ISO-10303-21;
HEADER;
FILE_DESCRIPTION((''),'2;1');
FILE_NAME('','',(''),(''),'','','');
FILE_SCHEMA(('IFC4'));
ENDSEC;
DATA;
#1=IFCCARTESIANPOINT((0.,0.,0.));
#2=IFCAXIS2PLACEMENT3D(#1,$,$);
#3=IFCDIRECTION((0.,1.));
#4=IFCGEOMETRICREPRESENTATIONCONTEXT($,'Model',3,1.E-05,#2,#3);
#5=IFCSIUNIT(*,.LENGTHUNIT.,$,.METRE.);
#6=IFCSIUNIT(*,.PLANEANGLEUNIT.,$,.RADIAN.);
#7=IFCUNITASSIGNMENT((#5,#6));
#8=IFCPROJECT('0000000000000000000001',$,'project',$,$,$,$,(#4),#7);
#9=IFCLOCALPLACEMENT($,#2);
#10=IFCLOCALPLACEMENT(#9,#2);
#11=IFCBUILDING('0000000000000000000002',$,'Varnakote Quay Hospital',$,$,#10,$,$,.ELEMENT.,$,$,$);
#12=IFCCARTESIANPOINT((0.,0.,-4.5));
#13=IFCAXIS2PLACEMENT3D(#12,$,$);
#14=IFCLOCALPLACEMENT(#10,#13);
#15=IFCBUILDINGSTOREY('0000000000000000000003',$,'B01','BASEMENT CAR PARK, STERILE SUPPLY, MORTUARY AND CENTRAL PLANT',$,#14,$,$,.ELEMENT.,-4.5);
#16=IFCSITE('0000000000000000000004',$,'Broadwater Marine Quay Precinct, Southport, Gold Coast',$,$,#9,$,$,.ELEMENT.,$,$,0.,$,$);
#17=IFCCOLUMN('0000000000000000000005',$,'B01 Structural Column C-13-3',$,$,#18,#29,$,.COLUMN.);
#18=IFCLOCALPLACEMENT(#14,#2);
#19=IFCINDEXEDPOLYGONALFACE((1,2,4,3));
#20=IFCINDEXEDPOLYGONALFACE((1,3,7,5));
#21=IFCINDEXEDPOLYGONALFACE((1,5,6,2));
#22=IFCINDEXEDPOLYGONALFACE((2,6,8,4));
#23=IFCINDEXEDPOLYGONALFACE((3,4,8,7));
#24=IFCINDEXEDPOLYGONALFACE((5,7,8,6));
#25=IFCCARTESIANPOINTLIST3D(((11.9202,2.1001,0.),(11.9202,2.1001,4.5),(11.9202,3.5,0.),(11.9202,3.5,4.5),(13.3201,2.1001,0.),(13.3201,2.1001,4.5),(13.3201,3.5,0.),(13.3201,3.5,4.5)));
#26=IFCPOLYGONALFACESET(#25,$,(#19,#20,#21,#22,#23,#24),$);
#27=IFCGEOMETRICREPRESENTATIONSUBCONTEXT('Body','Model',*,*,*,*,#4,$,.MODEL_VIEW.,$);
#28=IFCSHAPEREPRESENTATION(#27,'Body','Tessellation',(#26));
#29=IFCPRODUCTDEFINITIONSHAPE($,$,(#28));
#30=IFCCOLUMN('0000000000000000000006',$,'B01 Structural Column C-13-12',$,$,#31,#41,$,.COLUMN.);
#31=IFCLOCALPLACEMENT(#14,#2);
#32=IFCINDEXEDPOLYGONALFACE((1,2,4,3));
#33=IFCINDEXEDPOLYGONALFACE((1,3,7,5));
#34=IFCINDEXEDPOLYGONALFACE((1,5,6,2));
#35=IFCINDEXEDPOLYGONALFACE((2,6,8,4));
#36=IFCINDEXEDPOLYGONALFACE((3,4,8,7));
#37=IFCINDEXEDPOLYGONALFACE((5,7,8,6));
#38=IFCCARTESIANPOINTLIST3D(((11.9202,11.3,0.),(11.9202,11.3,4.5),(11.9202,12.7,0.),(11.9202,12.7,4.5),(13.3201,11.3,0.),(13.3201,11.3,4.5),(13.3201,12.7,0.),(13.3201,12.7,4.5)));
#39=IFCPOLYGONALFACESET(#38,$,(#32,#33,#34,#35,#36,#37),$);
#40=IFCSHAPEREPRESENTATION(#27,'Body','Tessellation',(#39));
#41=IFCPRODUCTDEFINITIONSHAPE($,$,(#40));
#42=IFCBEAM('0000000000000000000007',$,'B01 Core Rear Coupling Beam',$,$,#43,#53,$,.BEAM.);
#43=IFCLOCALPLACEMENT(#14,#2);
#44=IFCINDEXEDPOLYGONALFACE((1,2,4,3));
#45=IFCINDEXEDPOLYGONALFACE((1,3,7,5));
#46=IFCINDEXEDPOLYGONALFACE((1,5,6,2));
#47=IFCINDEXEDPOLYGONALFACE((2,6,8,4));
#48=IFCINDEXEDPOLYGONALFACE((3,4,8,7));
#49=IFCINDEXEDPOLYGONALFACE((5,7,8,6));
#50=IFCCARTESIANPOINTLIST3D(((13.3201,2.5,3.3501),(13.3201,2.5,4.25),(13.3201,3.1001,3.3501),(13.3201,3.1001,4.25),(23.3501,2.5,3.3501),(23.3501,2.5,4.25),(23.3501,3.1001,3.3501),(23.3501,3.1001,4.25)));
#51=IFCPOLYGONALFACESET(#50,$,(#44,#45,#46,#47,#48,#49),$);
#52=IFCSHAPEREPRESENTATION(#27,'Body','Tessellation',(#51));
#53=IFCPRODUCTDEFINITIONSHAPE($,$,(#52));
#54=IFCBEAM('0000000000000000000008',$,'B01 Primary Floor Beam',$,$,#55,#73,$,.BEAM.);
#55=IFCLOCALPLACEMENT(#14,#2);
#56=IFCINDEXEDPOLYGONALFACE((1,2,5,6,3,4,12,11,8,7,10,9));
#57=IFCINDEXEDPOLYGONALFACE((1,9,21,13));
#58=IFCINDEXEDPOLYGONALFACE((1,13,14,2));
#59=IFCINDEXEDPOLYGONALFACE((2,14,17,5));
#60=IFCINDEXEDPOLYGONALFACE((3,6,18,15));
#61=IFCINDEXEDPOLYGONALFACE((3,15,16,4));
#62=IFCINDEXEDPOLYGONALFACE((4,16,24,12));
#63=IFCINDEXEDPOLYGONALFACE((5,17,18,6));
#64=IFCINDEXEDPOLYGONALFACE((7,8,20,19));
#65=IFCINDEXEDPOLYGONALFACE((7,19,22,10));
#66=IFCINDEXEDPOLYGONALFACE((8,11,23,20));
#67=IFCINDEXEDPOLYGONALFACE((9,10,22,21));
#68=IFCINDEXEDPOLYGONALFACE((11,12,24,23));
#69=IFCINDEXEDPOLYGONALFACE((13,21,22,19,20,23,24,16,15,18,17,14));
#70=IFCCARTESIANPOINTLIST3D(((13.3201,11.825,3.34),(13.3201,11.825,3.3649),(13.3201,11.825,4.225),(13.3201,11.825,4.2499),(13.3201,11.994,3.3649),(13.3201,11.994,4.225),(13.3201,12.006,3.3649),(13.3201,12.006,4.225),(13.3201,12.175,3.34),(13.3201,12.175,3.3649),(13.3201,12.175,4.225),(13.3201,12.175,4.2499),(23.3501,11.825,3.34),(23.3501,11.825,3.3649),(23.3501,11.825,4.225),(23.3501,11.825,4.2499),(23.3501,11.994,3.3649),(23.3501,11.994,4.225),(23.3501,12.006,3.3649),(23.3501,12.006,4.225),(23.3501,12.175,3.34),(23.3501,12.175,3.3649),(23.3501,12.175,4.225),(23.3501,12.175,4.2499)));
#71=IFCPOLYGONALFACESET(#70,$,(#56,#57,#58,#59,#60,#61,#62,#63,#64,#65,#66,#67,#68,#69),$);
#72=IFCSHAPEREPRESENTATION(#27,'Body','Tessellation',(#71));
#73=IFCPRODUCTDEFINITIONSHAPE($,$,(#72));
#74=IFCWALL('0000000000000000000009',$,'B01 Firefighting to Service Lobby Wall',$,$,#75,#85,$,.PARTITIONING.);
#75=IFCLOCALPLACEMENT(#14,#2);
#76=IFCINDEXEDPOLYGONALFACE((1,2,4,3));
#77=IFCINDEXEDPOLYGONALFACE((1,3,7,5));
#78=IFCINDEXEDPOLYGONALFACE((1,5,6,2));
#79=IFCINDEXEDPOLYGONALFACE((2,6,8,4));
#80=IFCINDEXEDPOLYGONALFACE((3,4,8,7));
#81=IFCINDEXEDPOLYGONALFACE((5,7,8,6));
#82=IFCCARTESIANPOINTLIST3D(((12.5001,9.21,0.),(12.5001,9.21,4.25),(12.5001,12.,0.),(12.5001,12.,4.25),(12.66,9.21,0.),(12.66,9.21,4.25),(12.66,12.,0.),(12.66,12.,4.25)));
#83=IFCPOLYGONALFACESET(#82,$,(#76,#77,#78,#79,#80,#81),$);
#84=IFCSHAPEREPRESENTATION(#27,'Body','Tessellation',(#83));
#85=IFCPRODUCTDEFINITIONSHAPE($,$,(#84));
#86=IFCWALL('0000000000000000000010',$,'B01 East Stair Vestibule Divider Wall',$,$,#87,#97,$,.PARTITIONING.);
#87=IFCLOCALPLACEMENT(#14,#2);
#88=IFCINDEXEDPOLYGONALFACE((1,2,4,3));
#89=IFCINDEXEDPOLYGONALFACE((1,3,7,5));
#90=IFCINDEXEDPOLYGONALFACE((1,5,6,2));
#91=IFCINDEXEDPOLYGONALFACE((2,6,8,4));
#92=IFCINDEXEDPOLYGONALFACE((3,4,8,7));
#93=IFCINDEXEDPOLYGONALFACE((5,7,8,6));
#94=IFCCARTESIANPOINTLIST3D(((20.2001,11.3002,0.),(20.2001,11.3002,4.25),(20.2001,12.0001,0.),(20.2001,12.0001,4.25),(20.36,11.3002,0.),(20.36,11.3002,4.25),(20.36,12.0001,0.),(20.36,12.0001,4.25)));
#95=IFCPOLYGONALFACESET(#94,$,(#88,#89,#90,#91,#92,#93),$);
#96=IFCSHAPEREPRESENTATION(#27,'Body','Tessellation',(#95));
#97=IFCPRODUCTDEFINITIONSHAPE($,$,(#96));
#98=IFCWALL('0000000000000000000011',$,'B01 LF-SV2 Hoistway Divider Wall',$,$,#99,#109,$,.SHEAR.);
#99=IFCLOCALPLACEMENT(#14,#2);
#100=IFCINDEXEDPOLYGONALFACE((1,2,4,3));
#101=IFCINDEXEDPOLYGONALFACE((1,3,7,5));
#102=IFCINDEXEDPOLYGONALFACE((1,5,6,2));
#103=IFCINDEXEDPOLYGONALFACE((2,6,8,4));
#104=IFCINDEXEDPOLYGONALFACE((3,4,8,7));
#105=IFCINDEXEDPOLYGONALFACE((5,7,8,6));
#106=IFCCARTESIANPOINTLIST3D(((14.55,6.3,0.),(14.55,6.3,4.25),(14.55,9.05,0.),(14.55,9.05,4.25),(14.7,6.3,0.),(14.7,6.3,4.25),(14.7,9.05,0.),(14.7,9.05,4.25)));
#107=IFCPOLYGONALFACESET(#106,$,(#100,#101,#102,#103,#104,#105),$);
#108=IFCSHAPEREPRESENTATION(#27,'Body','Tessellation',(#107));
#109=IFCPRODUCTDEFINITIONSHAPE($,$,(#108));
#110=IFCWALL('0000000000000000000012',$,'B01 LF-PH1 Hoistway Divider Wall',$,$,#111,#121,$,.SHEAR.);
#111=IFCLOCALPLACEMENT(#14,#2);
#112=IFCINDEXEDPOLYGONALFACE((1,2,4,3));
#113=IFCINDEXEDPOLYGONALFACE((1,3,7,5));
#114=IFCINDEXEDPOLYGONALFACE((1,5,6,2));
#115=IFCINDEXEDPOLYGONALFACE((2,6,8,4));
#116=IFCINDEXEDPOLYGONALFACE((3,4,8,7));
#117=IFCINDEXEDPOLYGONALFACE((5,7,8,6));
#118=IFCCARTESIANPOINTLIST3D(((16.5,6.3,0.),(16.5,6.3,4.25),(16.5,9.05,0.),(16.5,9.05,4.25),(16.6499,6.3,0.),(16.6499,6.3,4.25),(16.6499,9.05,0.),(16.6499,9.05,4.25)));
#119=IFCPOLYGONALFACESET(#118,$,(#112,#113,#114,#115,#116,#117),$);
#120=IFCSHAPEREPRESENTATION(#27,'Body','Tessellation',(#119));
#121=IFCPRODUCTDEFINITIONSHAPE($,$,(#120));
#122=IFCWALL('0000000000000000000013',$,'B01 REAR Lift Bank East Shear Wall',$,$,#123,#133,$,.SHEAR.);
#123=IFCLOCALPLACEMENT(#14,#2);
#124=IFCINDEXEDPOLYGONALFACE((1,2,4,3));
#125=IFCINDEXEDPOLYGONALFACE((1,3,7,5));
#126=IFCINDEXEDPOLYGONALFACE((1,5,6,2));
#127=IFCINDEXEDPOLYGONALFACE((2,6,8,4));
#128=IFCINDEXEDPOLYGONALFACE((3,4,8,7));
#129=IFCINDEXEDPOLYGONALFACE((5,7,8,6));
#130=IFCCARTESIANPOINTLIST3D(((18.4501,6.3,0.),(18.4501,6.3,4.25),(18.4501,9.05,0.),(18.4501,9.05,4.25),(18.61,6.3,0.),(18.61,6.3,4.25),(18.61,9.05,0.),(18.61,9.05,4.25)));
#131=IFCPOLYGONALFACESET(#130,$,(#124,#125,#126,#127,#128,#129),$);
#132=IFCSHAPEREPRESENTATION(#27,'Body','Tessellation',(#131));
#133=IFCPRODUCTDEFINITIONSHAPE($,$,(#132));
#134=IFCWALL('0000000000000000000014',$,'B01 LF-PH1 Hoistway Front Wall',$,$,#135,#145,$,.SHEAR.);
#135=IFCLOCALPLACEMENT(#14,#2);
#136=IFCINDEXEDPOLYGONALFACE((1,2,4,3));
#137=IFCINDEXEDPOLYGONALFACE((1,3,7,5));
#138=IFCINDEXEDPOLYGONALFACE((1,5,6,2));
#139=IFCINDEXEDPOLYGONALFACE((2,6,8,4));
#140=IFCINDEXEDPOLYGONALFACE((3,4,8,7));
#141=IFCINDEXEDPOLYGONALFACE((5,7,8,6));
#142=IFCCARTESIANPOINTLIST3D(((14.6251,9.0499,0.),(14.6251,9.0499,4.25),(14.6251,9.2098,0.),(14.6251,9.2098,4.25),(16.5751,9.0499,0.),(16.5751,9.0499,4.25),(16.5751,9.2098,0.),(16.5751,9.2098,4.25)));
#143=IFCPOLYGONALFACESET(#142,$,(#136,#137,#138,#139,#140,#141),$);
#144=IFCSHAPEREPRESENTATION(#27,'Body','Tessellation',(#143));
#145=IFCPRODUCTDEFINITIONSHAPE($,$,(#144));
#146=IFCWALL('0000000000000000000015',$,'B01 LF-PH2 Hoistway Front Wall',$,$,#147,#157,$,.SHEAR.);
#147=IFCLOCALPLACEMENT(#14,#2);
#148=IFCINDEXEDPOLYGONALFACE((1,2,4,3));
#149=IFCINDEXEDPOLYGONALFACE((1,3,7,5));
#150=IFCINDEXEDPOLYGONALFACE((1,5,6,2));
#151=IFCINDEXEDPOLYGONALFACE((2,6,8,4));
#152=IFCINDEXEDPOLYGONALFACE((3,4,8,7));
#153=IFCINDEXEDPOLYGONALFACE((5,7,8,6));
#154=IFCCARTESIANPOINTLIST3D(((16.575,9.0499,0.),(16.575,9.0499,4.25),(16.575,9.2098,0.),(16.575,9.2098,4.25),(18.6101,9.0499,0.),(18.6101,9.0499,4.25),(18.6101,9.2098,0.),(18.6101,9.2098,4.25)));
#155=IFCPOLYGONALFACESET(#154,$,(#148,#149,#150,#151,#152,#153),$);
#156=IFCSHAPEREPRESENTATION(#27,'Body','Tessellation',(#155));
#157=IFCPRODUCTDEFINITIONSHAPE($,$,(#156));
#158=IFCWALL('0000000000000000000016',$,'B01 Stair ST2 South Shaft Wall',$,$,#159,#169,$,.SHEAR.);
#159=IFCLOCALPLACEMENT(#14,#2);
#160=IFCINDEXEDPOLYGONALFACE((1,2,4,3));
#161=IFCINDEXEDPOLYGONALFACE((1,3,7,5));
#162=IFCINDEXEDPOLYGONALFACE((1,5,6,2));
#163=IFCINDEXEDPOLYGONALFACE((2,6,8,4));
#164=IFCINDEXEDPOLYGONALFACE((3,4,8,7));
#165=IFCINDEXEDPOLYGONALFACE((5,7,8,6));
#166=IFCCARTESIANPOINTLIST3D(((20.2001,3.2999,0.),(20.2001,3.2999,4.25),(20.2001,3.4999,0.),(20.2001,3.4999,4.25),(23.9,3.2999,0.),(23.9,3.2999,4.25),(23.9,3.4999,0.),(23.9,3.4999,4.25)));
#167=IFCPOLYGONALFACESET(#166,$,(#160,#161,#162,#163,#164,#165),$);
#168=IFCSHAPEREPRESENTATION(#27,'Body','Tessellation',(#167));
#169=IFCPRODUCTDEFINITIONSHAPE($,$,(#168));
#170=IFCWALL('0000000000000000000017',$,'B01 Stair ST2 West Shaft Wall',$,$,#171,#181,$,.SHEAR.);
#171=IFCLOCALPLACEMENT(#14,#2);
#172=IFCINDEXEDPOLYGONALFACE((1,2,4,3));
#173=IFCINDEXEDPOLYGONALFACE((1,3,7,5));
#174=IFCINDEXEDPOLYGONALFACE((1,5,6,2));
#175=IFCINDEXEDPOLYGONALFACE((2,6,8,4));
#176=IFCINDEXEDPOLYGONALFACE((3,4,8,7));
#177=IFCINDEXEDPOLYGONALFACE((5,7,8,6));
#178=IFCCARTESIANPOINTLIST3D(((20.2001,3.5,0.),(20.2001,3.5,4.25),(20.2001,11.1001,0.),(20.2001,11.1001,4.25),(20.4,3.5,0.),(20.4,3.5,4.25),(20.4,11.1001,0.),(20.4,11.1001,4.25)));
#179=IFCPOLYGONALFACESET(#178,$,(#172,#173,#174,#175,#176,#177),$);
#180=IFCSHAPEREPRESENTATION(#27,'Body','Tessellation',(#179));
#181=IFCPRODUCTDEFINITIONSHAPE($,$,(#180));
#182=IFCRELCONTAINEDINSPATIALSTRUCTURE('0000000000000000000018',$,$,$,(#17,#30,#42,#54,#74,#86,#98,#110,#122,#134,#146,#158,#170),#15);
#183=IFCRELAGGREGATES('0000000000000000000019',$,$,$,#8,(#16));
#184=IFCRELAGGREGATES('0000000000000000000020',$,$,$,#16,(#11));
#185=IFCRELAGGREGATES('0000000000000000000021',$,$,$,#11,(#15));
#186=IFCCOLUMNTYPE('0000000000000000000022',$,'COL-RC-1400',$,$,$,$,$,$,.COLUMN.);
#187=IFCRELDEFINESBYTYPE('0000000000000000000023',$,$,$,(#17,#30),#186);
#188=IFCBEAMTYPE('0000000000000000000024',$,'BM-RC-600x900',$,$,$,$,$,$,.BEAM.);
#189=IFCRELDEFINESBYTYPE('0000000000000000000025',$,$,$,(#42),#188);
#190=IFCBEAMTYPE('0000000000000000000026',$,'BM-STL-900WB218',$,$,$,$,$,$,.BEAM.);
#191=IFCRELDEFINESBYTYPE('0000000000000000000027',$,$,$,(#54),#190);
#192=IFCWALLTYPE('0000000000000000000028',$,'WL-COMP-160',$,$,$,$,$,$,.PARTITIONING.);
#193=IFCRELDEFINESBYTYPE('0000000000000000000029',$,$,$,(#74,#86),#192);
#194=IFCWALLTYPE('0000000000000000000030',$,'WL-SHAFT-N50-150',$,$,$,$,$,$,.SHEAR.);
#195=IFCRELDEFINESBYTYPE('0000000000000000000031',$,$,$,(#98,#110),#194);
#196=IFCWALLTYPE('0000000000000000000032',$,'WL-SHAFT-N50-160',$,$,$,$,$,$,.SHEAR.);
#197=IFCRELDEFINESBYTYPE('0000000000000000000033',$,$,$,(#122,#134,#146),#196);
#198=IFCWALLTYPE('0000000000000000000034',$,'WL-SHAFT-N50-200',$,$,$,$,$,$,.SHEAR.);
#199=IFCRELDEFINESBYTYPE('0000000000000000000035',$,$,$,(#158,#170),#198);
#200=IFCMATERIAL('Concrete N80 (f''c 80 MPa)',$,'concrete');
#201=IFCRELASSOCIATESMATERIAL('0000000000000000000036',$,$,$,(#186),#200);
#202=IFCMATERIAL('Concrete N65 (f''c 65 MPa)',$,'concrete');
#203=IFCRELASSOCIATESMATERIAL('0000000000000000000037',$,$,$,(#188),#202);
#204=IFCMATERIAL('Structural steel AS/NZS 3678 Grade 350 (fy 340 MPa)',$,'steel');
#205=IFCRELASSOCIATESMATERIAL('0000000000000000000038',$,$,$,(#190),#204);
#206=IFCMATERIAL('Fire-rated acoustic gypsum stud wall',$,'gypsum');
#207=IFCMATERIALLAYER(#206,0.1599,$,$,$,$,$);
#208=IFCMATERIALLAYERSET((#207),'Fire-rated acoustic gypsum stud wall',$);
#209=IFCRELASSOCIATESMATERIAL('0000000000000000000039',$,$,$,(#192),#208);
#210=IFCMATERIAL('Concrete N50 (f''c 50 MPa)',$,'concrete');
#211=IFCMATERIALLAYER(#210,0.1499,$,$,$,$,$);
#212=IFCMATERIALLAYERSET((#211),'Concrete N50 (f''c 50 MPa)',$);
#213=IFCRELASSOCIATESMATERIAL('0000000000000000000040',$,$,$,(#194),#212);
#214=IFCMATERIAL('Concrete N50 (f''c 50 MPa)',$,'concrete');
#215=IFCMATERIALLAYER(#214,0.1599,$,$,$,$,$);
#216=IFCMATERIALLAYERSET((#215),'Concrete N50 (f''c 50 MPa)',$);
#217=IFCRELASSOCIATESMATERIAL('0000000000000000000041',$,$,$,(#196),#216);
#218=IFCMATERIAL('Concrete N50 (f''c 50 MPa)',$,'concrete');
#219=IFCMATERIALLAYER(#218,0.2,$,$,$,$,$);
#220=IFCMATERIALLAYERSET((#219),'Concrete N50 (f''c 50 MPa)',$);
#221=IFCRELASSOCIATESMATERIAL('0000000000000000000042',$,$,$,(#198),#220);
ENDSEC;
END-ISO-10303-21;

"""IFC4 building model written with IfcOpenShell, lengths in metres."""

from ifc_helpers import new_model, si_unit, direction, frame, frame_2d, origin, origin_2d, place, context, subcontext, project, spatial, rectangle, i_section, extrude, material, layer, layer_set, material_profile, profile_set, type_object, element, save


model = new_model("IFC4")

# Units and contexts
model_context = context("Model", 3, precision=1e-05, world=origin(), true_north=direction((0.0, 1.0)))
body_context = subcontext(model_context, "Body", "Model", "MODEL_VIEW")
ifc_project = project(units=[si_unit("LENGTHUNIT", "METRE"), si_unit("PLANEANGLEUNIT", "RADIAN")], contexts=[model_context])

# Site, building, storey
site_placement = place(None, origin())
site = spatial("IfcSite", under=ifc_project, at=site_placement, Name="Broadwater Marine Quay Precinct, Southport, Gold Coast", CompositionType="ELEMENT", RefElevation=0.0)
building_placement = place(site_placement, origin())
building = spatial("IfcBuilding", under=site, at=building_placement, Name="Varnakote Quay Hospital", CompositionType="ELEMENT")
storey_placement = place(building_placement, frame((0.0, 0.0, -4.5)))
storey = spatial("IfcBuildingStorey", under=building, at=storey_placement, Name="B01", Description="BASEMENT CAR PARK, STERILE SUPPLY, MORTUARY AND CENTRAL PLANT", CompositionType="ELEMENT", Elevation=-4.5)

# Columns
ifc_material_1 = material(Name="Concrete N80 (f'c 80 MPa)", Category="concrete")
ifc_material_profile_1 = material_profile(ifc_material_1, rectangle(XDim=1.3999, YDim=1.3999, at=origin_2d()), Name="RC-COL-1400x1400")
ifc_profile_set_1 = profile_set([ifc_material_profile_1], Name="Concrete N80 (f'c 80 MPa)")
column_type = type_object("IfcColumnType", Name="COL-RC-1400", PredefinedType="COLUMN", material=ifc_profile_set_1)
for number, where, z_axis, x_axis, name in (
    (1, (12.6201, 2.8, 0.0), (0.0, 0.0, 1.0), (1.0, 0.0, 0.0), "B01 Structural Column C-13-3"),
    (2, (12.6201, 12.0, 0.0), (0.0, 0.0, 1.0), (1.0, 0.0, 0.0), "B01 Structural Column C-13-12"),
):
    element("IfcColumn", number, at=place(storey_placement, frame(where, z_axis=z_axis, x_axis=x_axis)), inside=storey, type_object=column_type, Name=name, PredefinedType="COLUMN", context=body_context, shape_type="SweptSolid", body=[
        extrude(rectangle(XDim=1.3999, YDim=1.3999, at=origin_2d()), origin(), (0.0, 0.0, 1.0), 4.5),
    ])

# Beams
ifc_material_2 = material(Name="Concrete N65 (f'c 65 MPa)", Category="concrete")
ifc_material_profile_2 = material_profile(ifc_material_2, rectangle(XDim=0.6001, YDim=0.8999, at=origin_2d()), Name="RC-BM-600x900")
ifc_profile_set_2 = profile_set([ifc_material_profile_2], Name="Concrete N65 (f'c 65 MPa)")
beam_type_1 = type_object("IfcBeamType", Name="BM-RC-600x900", PredefinedType="BEAM", material=ifc_profile_set_2)
beam_1_placement = place(storey_placement, frame((13.3201, 2.8, 3.8), z_axis=(1.0, 0.0, 0.0), x_axis=(0.0, 1.0, 0.0)))
element("IfcBeam", 3, at=beam_1_placement, inside=storey, type_object=beam_type_1, Name="B01 Core Rear Coupling Beam", PredefinedType="BEAM", context=body_context, shape_type="SweptSolid", body=[
    extrude(rectangle(XDim=0.6001, YDim=0.8999, at=origin_2d()), origin(), (0.0, 0.0, 1.0), 10.03),
])
ifc_material_3 = material(Name="Structural steel AS/NZS 3678 Grade 350 (fy 340 MPa)", Category="steel")
ifc_material_profile_3 = material_profile(ifc_material_3, i_section(OverallWidth=0.3501, OverallDepth=0.9099, WebThickness=0.012, FlangeThickness=0.0249, at=origin_2d()), Name="900WB218")
ifc_profile_set_3 = profile_set([ifc_material_profile_3], Name="Structural steel AS/NZS 3678 Grade 350 (fy 340 MPa)")
beam_type_2 = type_object("IfcBeamType", Name="BM-STL-900WB218", PredefinedType="BEAM", material=ifc_profile_set_3)
beam_2_placement = place(storey_placement, frame((13.3201, 12.0, 3.7949), z_axis=(1.0, 0.0, 0.0), x_axis=(0.0, 1.0, 0.0)))
element("IfcBeam", 4, at=beam_2_placement, inside=storey, type_object=beam_type_2, Name="B01 Primary Floor Beam", PredefinedType="BEAM", context=body_context, shape_type="SweptSolid", body=[
    extrude(i_section(OverallWidth=0.3501, OverallDepth=0.9099, WebThickness=0.012, FlangeThickness=0.0249, at=origin_2d()), origin(), (0.0, 0.0, 1.0), 10.03),
])

# Walls
ifc_material_4 = material(Name="Fire-rated acoustic gypsum stud wall", Category="gypsum")
ifc_layer_1 = layer(ifc_material_4, 0.1599)
ifc_layer_set_1 = layer_set([ifc_layer_1], Name="Fire-rated acoustic gypsum stud wall")
wall_type_1 = type_object("IfcWallType", Name="WL-COMP-160", PredefinedType="PARTITIONING", material=ifc_layer_set_1)
wall_1_placement = place(storey_placement, frame((12.5801, 9.21, 0.0), z_axis=(0.0, 0.0, 1.0), x_axis=(0.0, 1.0, 0.0)))
element("IfcWall", 5, at=wall_1_placement, inside=storey, type_object=wall_type_1, Name="B01 Firefighting to Service Lobby Wall", PredefinedType="PARTITIONING", context=body_context, shape_type="SweptSolid", body=[
    extrude(rectangle(XDim=2.79, YDim=0.1599, at=frame_2d((1.395, 0.0))), origin(), (0.0, 0.0, 1.0), 4.25),
])
wall_2_placement = place(storey_placement, frame((20.28, 11.3, 0.0), z_axis=(0.0, 0.0, 1.0), x_axis=(0.0, 1.0, 0.0)))
element("IfcWall", 6, at=wall_2_placement, inside=storey, type_object=wall_type_1, Name="B01 East Stair Vestibule Divider Wall", PredefinedType="PARTITIONING", context=body_context, shape_type="SweptSolid", body=[
    extrude(rectangle(XDim=0.7, YDim=0.1599, at=frame_2d((0.3501, 0.0))), origin(), (0.0, 0.0, 1.0), 4.25),
])
ifc_material_5 = material(Name="Concrete N50 (f'c 50 MPa)", Category="concrete")
ifc_layer_2 = layer(ifc_material_5, 0.1499)
ifc_layer_set_2 = layer_set([ifc_layer_2], Name="Concrete N50 (f'c 50 MPa)")
wall_type_2 = type_object("IfcWallType", Name="WL-SHAFT-N50-150", PredefinedType="SHEAR", material=ifc_layer_set_2)
for number, where, z_axis, x_axis, name in (
    (7, (14.625, 6.3, 0.0), (0.0, 0.0, 1.0), (0.0, 1.0, 0.0), "B01 LF-SV2 Hoistway Divider Wall"),
    (8, (16.575, 6.3, 0.0), (0.0, 0.0, 1.0), (0.0, 1.0, 0.0), "B01 LF-PH1 Hoistway Divider Wall"),
):
    element("IfcWall", number, at=place(storey_placement, frame(where, z_axis=z_axis, x_axis=x_axis)), inside=storey, type_object=wall_type_2, Name=name, PredefinedType="SHEAR", context=body_context, shape_type="SweptSolid", body=[
        extrude(rectangle(XDim=2.75, YDim=0.1499, at=frame_2d((1.375, 0.0))), origin(), (0.0, 0.0, 1.0), 4.25),
    ])
ifc_material_6 = material(Name="Concrete N50 (f'c 50 MPa)", Category="concrete")
ifc_layer_3 = layer(ifc_material_6, 0.1599)
ifc_layer_set_3 = layer_set([ifc_layer_3], Name="Concrete N50 (f'c 50 MPa)")
wall_type_3 = type_object("IfcWallType", Name="WL-SHAFT-N50-160", PredefinedType="SHEAR", material=ifc_layer_set_3)
wall_3_placement = place(storey_placement, frame((18.53, 6.3, 0.0), z_axis=(0.0, 0.0, 1.0), x_axis=(0.0, 1.0, 0.0)))
element("IfcWall", 9, at=wall_3_placement, inside=storey, type_object=wall_type_3, Name="B01 REAR Lift Bank East Shear Wall", PredefinedType="SHEAR", context=body_context, shape_type="SweptSolid", body=[
    extrude(rectangle(XDim=2.75, YDim=0.1599, at=frame_2d((1.375, 0.0))), origin(), (0.0, 0.0, 1.0), 4.25),
])
wall_4_placement = place(storey_placement, frame((14.625, 9.1299, 0.0), z_axis=(0.0, 0.0, 1.0), x_axis=(1.0, 0.0, 0.0)))
element("IfcWall", 10, at=wall_4_placement, inside=storey, type_object=wall_type_3, Name="B01 LF-PH1 Hoistway Front Wall", PredefinedType="SHEAR", context=body_context, shape_type="SweptSolid", body=[
    extrude(rectangle(XDim=1.95, YDim=0.1599, at=frame_2d((0.9751, 0.0))), origin(), (0.0, 0.0, 1.0), 4.25),
])
wall_5_placement = place(storey_placement, frame((16.575, 9.1299, 0.0), z_axis=(0.0, 0.0, 1.0), x_axis=(1.0, 0.0, 0.0)))
element("IfcWall", 11, at=wall_5_placement, inside=storey, type_object=wall_type_3, Name="B01 LF-PH2 Hoistway Front Wall", PredefinedType="SHEAR", context=body_context, shape_type="SweptSolid", body=[
    extrude(rectangle(XDim=2.0352, YDim=0.1599, at=frame_2d((1.0176, 0.0))), origin(), (0.0, 0.0, 1.0), 4.25),
])
ifc_material_7 = material(Name="Concrete N50 (f'c 50 MPa)", Category="concrete")
ifc_layer_4 = layer(ifc_material_7, 0.2)
ifc_layer_set_4 = layer_set([ifc_layer_4], Name="Concrete N50 (f'c 50 MPa)")
wall_type_4 = type_object("IfcWallType", Name="WL-SHAFT-N50-200", PredefinedType="SHEAR", material=ifc_layer_set_4)
wall_6_placement = place(storey_placement, frame((20.2, 3.3999, 0.0), z_axis=(0.0, 0.0, 1.0), x_axis=(1.0, 0.0, 0.0)))
element("IfcWall", 12, at=wall_6_placement, inside=storey, type_object=wall_type_4, Name="B01 Stair ST2 South Shaft Wall", PredefinedType="SHEAR", context=body_context, shape_type="SweptSolid", body=[
    extrude(rectangle(XDim=3.7, YDim=0.2, at=frame_2d((1.8501, 0.0))), origin(), (0.0, 0.0, 1.0), 4.25),
])
wall_7_placement = place(storey_placement, frame((20.3, 3.5, 0.0), z_axis=(0.0, 0.0, 1.0), x_axis=(0.0, 1.0, 0.0)))
element("IfcWall", 13, at=wall_7_placement, inside=storey, type_object=wall_type_4, Name="B01 Stair ST2 West Shaft Wall", PredefinedType="SHEAR", context=body_context, shape_type="SweptSolid", body=[
    extrude(rectangle(XDim=7.6001, YDim=0.2, at=frame_2d((3.8, 0.0))), origin(), (0.0, 0.0, 1.0), 4.25),
])

save(model, "model.ifc")
